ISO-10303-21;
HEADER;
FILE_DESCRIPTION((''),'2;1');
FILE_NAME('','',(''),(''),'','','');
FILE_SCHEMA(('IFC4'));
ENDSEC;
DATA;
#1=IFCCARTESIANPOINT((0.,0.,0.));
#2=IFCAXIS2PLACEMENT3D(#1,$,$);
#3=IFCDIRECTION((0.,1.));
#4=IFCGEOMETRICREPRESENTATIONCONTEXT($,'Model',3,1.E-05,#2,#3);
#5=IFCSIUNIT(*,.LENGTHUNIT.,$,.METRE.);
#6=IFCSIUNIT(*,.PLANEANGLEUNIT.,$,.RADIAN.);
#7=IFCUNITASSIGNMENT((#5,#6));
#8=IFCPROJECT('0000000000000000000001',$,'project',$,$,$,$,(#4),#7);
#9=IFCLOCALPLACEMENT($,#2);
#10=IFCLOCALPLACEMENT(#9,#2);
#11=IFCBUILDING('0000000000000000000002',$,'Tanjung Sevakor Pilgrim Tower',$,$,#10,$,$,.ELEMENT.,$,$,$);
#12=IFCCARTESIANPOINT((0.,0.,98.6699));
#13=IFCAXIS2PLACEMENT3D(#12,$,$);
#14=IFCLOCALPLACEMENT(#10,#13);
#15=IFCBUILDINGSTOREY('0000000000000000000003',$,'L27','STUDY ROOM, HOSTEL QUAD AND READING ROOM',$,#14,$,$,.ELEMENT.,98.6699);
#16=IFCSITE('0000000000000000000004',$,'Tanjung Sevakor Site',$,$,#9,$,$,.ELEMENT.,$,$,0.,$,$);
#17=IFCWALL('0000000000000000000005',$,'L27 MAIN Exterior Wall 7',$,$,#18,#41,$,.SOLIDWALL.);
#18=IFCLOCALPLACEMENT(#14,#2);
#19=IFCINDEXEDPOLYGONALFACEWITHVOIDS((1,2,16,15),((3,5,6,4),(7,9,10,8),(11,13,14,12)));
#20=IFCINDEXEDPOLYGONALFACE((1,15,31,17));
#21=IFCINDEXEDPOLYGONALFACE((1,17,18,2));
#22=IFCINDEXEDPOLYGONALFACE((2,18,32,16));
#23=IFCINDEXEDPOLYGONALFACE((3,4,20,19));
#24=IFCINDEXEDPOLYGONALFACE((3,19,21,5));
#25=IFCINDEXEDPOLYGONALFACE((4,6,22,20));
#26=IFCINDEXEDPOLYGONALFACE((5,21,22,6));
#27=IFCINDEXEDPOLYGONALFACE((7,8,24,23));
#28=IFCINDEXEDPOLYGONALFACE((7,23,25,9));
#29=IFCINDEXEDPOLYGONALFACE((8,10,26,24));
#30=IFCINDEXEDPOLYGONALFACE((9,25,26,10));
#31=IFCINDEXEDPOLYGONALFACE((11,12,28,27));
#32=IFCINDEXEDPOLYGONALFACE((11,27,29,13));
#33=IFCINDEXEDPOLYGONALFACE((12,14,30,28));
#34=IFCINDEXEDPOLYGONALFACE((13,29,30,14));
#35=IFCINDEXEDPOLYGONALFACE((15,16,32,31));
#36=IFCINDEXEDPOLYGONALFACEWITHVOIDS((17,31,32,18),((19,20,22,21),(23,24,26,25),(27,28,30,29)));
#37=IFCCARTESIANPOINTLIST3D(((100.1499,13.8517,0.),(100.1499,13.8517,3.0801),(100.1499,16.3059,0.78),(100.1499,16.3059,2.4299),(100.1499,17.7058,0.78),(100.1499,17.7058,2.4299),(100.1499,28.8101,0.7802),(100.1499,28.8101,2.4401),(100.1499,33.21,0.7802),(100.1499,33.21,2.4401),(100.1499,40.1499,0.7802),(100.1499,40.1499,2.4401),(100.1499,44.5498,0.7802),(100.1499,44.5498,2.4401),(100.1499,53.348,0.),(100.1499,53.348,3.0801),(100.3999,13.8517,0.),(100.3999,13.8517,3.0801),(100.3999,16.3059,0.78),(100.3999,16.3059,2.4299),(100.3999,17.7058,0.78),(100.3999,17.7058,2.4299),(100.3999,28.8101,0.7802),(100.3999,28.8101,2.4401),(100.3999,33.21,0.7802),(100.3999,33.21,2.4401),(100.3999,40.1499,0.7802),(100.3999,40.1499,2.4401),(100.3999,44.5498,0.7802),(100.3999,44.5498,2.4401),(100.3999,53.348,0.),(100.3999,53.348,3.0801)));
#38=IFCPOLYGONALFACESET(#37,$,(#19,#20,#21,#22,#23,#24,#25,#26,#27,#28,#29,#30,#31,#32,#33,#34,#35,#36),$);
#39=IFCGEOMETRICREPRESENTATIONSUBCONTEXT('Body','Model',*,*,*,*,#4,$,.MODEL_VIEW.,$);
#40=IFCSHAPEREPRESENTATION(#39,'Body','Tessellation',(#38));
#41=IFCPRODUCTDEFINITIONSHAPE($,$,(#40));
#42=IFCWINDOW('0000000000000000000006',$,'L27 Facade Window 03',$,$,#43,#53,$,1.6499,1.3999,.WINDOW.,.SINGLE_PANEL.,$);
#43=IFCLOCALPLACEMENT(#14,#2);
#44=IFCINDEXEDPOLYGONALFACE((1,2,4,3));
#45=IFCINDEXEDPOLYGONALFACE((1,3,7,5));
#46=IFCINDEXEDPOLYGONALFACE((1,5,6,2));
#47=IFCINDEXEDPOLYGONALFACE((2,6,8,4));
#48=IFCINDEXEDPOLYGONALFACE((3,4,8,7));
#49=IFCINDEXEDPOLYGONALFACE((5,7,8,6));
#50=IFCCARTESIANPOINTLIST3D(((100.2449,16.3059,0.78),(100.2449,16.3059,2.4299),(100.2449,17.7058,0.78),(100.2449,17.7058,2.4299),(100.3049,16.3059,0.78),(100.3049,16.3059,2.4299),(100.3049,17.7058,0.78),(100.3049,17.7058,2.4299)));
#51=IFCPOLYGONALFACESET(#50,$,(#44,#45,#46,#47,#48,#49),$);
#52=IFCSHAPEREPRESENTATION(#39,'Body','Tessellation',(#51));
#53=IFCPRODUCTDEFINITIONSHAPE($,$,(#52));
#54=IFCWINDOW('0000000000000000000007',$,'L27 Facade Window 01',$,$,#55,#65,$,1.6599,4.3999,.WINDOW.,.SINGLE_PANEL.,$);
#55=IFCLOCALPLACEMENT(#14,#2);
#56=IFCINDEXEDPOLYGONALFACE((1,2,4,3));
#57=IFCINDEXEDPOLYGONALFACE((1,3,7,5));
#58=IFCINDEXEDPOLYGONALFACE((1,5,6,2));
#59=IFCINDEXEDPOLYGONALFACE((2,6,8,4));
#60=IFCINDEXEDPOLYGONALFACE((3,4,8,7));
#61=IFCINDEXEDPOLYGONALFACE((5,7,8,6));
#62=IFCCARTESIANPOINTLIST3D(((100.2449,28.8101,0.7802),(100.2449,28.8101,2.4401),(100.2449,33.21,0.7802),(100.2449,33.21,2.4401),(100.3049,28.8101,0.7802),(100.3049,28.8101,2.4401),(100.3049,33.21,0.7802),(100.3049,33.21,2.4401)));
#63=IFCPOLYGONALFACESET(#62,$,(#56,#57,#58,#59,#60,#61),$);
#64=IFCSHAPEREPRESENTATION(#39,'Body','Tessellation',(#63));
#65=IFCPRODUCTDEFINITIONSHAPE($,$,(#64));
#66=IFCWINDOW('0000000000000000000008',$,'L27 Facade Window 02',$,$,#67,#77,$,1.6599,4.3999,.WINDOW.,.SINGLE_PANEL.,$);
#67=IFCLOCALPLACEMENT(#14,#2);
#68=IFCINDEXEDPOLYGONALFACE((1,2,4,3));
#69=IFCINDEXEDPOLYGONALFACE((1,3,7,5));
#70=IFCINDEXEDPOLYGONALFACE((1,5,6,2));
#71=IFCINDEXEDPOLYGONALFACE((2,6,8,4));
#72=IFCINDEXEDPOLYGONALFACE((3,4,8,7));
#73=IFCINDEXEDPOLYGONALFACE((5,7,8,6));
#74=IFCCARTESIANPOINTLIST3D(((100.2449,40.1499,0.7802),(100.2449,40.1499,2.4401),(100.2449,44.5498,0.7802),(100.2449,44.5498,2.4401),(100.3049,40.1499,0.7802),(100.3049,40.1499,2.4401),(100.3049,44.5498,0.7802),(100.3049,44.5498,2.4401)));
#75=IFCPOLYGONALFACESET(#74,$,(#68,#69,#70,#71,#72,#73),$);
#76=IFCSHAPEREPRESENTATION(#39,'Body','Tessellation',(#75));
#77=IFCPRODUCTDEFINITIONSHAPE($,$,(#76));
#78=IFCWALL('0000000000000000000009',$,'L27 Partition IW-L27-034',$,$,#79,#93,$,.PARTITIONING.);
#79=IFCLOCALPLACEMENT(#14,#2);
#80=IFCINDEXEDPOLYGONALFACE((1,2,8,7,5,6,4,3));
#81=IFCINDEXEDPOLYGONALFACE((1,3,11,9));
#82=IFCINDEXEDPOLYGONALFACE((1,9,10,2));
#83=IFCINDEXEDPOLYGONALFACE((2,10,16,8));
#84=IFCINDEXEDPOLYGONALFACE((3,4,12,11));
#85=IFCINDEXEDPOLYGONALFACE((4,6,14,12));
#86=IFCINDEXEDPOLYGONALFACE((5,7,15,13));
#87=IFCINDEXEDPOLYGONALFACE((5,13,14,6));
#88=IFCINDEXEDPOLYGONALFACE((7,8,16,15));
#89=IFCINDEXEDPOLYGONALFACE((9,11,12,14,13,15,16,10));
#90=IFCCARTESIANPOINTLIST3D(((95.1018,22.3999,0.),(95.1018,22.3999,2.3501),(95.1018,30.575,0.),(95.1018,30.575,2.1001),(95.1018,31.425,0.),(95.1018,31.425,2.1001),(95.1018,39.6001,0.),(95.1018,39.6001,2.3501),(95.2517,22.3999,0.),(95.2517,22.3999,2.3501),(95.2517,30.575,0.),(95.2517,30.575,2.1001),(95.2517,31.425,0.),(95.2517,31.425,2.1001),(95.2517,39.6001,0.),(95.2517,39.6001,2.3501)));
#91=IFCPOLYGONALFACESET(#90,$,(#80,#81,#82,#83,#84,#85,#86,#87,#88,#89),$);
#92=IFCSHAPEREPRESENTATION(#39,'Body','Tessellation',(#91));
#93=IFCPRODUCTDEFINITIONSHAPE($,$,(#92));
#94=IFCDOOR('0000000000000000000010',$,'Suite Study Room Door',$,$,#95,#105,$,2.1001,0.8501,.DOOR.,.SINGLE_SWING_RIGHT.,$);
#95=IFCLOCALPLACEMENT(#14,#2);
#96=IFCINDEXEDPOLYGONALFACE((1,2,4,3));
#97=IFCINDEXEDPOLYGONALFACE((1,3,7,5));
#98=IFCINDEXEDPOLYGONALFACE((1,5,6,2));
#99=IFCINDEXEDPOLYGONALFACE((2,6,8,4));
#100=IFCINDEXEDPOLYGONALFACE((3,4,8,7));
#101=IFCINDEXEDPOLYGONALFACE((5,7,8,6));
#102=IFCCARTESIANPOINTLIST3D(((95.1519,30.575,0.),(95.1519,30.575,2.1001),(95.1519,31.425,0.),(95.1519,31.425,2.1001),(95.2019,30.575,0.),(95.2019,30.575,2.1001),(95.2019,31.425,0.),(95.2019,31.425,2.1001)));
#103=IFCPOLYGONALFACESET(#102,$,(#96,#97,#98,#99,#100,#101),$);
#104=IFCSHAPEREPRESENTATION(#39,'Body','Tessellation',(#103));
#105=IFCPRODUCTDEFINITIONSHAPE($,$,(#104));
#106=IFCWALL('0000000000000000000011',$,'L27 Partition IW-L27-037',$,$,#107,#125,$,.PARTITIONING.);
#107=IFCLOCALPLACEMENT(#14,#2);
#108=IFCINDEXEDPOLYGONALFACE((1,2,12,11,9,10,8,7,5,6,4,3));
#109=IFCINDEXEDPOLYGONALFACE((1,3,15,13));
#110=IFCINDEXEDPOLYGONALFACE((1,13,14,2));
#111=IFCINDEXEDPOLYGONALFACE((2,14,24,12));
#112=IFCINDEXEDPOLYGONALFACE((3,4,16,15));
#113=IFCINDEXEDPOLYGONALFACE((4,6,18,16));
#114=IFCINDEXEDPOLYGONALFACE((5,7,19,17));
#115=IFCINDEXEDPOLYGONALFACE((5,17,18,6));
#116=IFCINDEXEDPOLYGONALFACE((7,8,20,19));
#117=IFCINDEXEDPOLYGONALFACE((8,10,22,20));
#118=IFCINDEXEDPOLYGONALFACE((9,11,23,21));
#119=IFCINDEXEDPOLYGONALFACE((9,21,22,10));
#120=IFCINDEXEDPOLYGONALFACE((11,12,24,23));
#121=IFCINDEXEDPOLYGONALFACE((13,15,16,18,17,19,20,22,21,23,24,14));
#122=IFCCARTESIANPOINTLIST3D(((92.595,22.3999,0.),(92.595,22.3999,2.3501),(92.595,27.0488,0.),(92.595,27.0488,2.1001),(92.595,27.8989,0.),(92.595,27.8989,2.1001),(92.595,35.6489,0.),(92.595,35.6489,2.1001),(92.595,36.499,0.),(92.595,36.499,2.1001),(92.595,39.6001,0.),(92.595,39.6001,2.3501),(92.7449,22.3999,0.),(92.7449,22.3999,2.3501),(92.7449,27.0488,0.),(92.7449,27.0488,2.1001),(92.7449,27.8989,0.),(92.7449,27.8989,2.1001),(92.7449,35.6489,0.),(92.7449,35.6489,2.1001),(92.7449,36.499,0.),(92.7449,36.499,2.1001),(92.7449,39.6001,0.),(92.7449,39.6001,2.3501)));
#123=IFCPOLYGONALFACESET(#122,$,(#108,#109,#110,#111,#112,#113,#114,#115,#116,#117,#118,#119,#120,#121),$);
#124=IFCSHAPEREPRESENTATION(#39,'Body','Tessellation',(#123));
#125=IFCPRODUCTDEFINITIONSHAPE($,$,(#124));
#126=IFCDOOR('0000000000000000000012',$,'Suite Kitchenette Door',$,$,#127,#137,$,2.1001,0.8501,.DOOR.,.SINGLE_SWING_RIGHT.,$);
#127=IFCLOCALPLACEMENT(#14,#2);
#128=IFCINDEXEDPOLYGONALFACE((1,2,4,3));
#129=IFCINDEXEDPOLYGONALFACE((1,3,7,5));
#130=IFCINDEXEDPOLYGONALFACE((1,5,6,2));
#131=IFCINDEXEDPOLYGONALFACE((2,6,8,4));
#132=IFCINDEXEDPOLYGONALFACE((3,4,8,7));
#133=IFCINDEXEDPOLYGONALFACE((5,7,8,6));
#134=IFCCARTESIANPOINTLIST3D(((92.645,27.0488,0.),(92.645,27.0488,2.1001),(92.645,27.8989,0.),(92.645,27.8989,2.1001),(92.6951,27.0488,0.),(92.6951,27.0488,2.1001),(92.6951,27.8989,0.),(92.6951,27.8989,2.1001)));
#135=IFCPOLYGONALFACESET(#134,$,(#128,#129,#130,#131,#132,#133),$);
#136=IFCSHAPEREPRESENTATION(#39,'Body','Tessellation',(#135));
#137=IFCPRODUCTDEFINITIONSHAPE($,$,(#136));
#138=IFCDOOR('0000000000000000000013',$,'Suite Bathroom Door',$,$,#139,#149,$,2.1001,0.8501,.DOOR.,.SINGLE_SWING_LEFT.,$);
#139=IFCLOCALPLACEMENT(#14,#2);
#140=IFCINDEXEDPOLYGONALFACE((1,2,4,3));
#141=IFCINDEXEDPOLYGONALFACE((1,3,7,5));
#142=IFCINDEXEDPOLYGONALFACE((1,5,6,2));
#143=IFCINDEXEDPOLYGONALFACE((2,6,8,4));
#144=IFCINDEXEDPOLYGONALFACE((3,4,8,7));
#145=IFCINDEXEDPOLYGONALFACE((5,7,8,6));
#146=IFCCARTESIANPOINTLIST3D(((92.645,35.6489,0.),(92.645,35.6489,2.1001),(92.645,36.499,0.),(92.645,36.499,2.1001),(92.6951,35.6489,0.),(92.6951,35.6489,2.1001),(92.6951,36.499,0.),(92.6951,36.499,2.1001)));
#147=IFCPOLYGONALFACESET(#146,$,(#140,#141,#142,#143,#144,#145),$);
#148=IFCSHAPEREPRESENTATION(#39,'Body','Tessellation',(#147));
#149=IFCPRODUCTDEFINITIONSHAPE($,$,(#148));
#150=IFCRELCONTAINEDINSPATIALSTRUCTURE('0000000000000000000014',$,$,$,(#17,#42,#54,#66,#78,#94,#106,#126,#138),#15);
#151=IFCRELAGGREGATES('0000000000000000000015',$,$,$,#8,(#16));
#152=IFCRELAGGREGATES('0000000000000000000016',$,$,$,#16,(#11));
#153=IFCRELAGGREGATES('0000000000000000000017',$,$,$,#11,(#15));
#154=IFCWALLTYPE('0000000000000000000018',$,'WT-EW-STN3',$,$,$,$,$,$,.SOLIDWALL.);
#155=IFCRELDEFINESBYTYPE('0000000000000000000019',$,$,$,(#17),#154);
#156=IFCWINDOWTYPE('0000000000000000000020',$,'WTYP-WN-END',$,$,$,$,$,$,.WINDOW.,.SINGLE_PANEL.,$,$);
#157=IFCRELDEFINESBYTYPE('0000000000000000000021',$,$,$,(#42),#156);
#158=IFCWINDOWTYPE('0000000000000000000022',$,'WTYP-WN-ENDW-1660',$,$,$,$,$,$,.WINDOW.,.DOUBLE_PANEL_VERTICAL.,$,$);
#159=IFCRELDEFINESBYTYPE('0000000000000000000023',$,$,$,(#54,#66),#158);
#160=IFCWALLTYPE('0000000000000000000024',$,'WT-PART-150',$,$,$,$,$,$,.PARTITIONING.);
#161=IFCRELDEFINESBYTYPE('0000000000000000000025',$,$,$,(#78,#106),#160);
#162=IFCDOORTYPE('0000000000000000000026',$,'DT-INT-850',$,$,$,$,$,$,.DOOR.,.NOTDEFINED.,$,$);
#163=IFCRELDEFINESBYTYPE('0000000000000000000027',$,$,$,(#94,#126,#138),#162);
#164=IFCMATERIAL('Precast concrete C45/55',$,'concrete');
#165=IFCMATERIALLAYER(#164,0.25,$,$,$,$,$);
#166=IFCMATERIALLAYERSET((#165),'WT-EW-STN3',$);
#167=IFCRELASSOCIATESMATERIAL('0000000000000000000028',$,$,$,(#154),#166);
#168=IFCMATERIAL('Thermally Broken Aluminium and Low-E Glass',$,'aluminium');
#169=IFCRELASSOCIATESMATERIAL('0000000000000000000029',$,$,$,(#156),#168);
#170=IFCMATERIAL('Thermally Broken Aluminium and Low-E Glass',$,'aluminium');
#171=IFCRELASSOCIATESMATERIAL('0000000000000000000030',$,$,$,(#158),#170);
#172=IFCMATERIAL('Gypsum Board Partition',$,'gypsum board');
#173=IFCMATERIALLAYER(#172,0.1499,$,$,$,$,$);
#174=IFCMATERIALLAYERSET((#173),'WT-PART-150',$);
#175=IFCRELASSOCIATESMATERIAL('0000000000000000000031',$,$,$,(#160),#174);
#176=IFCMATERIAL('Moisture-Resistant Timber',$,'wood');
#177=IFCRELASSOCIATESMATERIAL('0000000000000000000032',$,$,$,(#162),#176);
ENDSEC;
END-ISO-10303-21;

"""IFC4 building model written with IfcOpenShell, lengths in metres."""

from ifc_helpers import new_model, si_unit, direction, frame, frame_2d, origin, place, context, subcontext, project, spatial, rectangle, extrude, material, layer, layer_set, type_object, element, fill, save


model = new_model("IFC4")

# Units and contexts
model_context = context("Model", 3, precision=1e-05, world=origin(), true_north=direction((0.0, 1.0)))
body_context = subcontext(model_context, "Body", "Model", "MODEL_VIEW")
ifc_project = project(units=[si_unit("LENGTHUNIT", "METRE"), si_unit("PLANEANGLEUNIT", "RADIAN")], contexts=[model_context])

# Site, building, storey
site_placement = place(None, origin())
site = spatial("IfcSite", under=ifc_project, at=site_placement, Name="Tanjung Sevakor Site", CompositionType="ELEMENT", RefElevation=0.0)
building_placement = place(site_placement, origin())
building = spatial("IfcBuilding", under=site, at=building_placement, Name="Tanjung Sevakor Pilgrim Tower", CompositionType="ELEMENT")
storey_placement = place(building_placement, frame((0.0, 0.0, 98.6699)))
storey = spatial("IfcBuildingStorey", under=building, at=storey_placement, Name="L27", Description="STUDY ROOM, HOSTEL QUAD AND READING ROOM", CompositionType="ELEMENT", Elevation=98.6699)

# Shared definitions
ifc_material_1 = material(Name="Precast concrete C45/55", Category="concrete")
ifc_layer_1 = layer(ifc_material_1, 0.25)
ifc_layer_set_1 = layer_set([ifc_layer_1], Name="WT-EW-STN3")
wall_type_1 = type_object("IfcWallType", Name="WT-EW-STN3", PredefinedType="SOLIDWALL", material=ifc_layer_set_1)

# Wall, openings, windows
wall_1_placement = place(storey_placement, frame((100.2749, 13.8518, 0.0), z_axis=(0.0, 0.0, 1.0), x_axis=(0.0, 1.0, 0.0)))
wall_1 = element("IfcWall", 1, at=wall_1_placement, inside=storey, type_object=wall_type_1, Name="L27 MAIN Exterior Wall 7", PredefinedType="SOLIDWALL", context=body_context, shape_type="SweptSolid", body=[
    extrude(rectangle(XDim=39.4963, YDim=0.25, at=frame_2d((19.748, 0.0))), origin(), (0.0, 0.0, 1.0), 3.0801),
])
opening_1_placement = place(wall_1_placement, frame((14.9583, 0.0, 0.78)))
opening_1 = element("IfcOpeningElement", 2, at=opening_1_placement, cuts=wall_1, PredefinedType="OPENING", context=body_context, shape_type="SweptSolid", body=[
    extrude(rectangle(XDim=4.3999, YDim=1.6599, at=frame_2d((2.2, 0.8301))), frame((0.0, 0.135, 0.0), z_axis=(0.0, -1.0, 0.0), x_axis=(1.0, 0.0, 0.0)), (0.0, 0.0, 1.0), 0.27),
])
opening_2_placement = place(wall_1_placement, frame((26.2981, 0.0, 0.78)))
opening_2 = element("IfcOpeningElement", 3, at=opening_2_placement, cuts=wall_1, PredefinedType="OPENING", context=body_context, shape_type="SweptSolid", body=[
    extrude(rectangle(XDim=4.3999, YDim=1.6599, at=frame_2d((2.2, 0.8301))), frame((0.0, 0.135, 0.0), z_axis=(0.0, -1.0, 0.0), x_axis=(1.0, 0.0, 0.0)), (0.0, 0.0, 1.0), 0.27),
])
opening_3_placement = place(wall_1_placement, frame((2.4541, 0.0, 0.78)))
opening_3 = element("IfcOpeningElement", 4, at=opening_3_placement, cuts=wall_1, PredefinedType="OPENING", context=body_context, shape_type="SweptSolid", body=[
    extrude(rectangle(XDim=1.3999, YDim=1.6499, at=frame_2d((0.7, 0.825))), frame((0.0, 0.135, 0.0), z_axis=(0.0, -1.0, 0.0), x_axis=(1.0, 0.0, 0.0)), (0.0, 0.0, 1.0), 0.27),
])
ifc_material_2 = material(Name="Thermally Broken Aluminium and Low-E Glass", Category="aluminium")
window_type_1 = type_object("IfcWindowType", Name="WTYP-WN-END", PartitioningType="SINGLE_PANEL", PredefinedType="WINDOW", material=ifc_material_2)
window_1_placement = place(opening_3_placement, origin())
window_1 = element("IfcWindow", 5, at=window_1_placement, inside=storey, type_object=window_type_1, Name="L27 Facade Window 03", OverallHeight=1.6499, OverallWidth=1.3999, PartitioningType="SINGLE_PANEL", PredefinedType="WINDOW", context=body_context, shape_type="SweptSolid", body=[
    extrude(rectangle(XDim=1.3999, YDim=1.6499, at=frame_2d((0.7, 0.825))), frame((0.0, 0.03, 0.0), z_axis=(0.0, -1.0, 0.0), x_axis=(1.0, 0.0, 0.0)), (0.0, 0.0, 1.0), 0.0601),
])
fill(opening_3, window_1)
ifc_material_3 = material(Name="Thermally Broken Aluminium and Low-E Glass", Category="aluminium")
window_type_2 = type_object("IfcWindowType", Name="WTYP-WN-ENDW-1660", PartitioningType="DOUBLE_PANEL_VERTICAL", PredefinedType="WINDOW", material=ifc_material_3)
window_2_placement = place(opening_1_placement, origin())
window_2 = element("IfcWindow", 6, at=window_2_placement, inside=storey, type_object=window_type_2, Name="L27 Facade Window 01", OverallHeight=1.6599, OverallWidth=4.3999, PartitioningType="SINGLE_PANEL", PredefinedType="WINDOW", context=body_context, shape_type="SweptSolid", body=[
    extrude(rectangle(XDim=4.3999, YDim=1.6599, at=frame_2d((2.2, 0.8301))), frame((0.0, 0.03, 0.0), z_axis=(0.0, -1.0, 0.0), x_axis=(1.0, 0.0, 0.0)), (0.0, 0.0, 1.0), 0.0601),
])
fill(opening_1, window_2)
window_3_placement = place(opening_2_placement, origin())
window_3 = element("IfcWindow", 7, at=window_3_placement, inside=storey, type_object=window_type_2, Name="L27 Facade Window 02", OverallHeight=1.6599, OverallWidth=4.3999, PartitioningType="SINGLE_PANEL", PredefinedType="WINDOW", context=body_context, shape_type="SweptSolid", body=[
    extrude(rectangle(XDim=4.3999, YDim=1.6599, at=frame_2d((2.2, 0.8301))), frame((0.0, 0.03, 0.0), z_axis=(0.0, -1.0, 0.0), x_axis=(1.0, 0.0, 0.0)), (0.0, 0.0, 1.0), 0.0601),
])
fill(opening_2, window_3)

# Wall, opening, door
ifc_material_4 = material(Name="Gypsum Board Partition", Category="gypsum board")
ifc_layer_2 = layer(ifc_material_4, 0.1499)
ifc_layer_set_2 = layer_set([ifc_layer_2], Name="WT-PART-150")
wall_type_2 = type_object("IfcWallType", Name="WT-PART-150", PredefinedType="PARTITIONING", material=ifc_layer_set_2)
wall_2_placement = place(storey_placement, frame((95.1768, 22.3999, 0.0), z_axis=(0.0, 0.0, 1.0), x_axis=(0.0, 1.0, 0.0)))
wall_2 = element("IfcWall", 8, at=wall_2_placement, inside=storey, type_object=wall_type_2, Name="L27 Partition IW-L27-034", PredefinedType="PARTITIONING", context=body_context, shape_type="SweptSolid", body=[
    extrude(rectangle(XDim=17.2002, YDim=0.1499, at=frame_2d((8.6001, 0.0))), origin(), (0.0, 0.0, 1.0), 2.3501),
])
opening_4_placement = place(wall_2_placement, frame((8.175, 0.0, 0.0)))
opening_4 = element("IfcOpeningElement", 9, at=opening_4_placement, cuts=wall_2, PredefinedType="OPENING", context=body_context, shape_type="SweptSolid", body=[
    extrude(rectangle(XDim=0.8501, YDim=2.1001, at=frame_2d((0.425, 1.05))), frame((0.0, 0.085, 0.0), z_axis=(0.0, -1.0, 0.0), x_axis=(1.0, 0.0, 0.0)), (0.0, 0.0, 1.0), 0.1699),
])
ifc_material_5 = material(Name="Moisture-Resistant Timber", Category="wood")
door_type_1 = type_object("IfcDoorType", Name="DT-INT-850", OperationType="NOTDEFINED", PredefinedType="DOOR", material=ifc_material_5)
door_1_placement = place(opening_4_placement, origin())
door_1 = element("IfcDoor", 10, at=door_1_placement, inside=storey, type_object=door_type_1, Name="Suite Study Room Door", OperationType="SINGLE_SWING_RIGHT", OverallHeight=2.1001, OverallWidth=0.8501, PredefinedType="DOOR", context=body_context, shape_type="SweptSolid", body=[
    extrude(rectangle(XDim=0.8501, YDim=2.1001, at=frame_2d((0.425, 1.05))), frame((0.0, 0.0249, 0.0), z_axis=(0.0, -1.0, 0.0), x_axis=(1.0, 0.0, 0.0)), (0.0, 0.0, 1.0), 0.05),
])
fill(opening_4, door_1)

# Wall, openings, doors
wall_3_placement = place(storey_placement, frame((92.6699, 22.3999, 0.0), z_axis=(0.0, 0.0, 1.0), x_axis=(0.0, 1.0, 0.0)))
wall_3 = element("IfcWall", 11, at=wall_3_placement, inside=storey, type_object=wall_type_2, Name="L27 Partition IW-L27-037", PredefinedType="PARTITIONING", context=body_context, shape_type="SweptSolid", body=[
    extrude(rectangle(XDim=17.2002, YDim=0.1499, at=frame_2d((8.6001, 0.0))), origin(), (0.0, 0.0, 1.0), 2.3501),
])
opening_5_placement = place(wall_3_placement, frame((4.6489, 0.0, 0.0)))
opening_5 = element("IfcOpeningElement", 12, at=opening_5_placement, cuts=wall_3, PredefinedType="OPENING", context=body_context, shape_type="SweptSolid", body=[
    extrude(rectangle(XDim=0.8501, YDim=2.1001, at=frame_2d((0.425, 1.05))), frame((0.0, 0.085, 0.0), z_axis=(0.0, -1.0, 0.0), x_axis=(1.0, 0.0, 0.0)), (0.0, 0.0, 1.0), 0.1699),
])
opening_6_placement = place(wall_3_placement, frame((13.249, 0.0, 0.0)))
opening_6 = element("IfcOpeningElement", 13, at=opening_6_placement, cuts=wall_3, PredefinedType="OPENING", context=body_context, shape_type="SweptSolid", body=[
    extrude(rectangle(XDim=0.8501, YDim=2.1001, at=frame_2d((0.425, 1.05))), frame((0.0, 0.085, 0.0), z_axis=(0.0, -1.0, 0.0), x_axis=(1.0, 0.0, 0.0)), (0.0, 0.0, 1.0), 0.1699),
])
door_2_placement = place(opening_5_placement, origin())
door_2 = element("IfcDoor", 14, at=door_2_placement, inside=storey, type_object=door_type_1, Name="Suite Kitchenette Door", OperationType="SINGLE_SWING_RIGHT", OverallHeight=2.1001, OverallWidth=0.8501, PredefinedType="DOOR", context=body_context, shape_type="SweptSolid", body=[
    extrude(rectangle(XDim=0.8501, YDim=2.1001, at=frame_2d((0.425, 1.05))), frame((0.0, 0.0249, 0.0), z_axis=(0.0, -1.0, 0.0), x_axis=(1.0, 0.0, 0.0)), (0.0, 0.0, 1.0), 0.05),
])
fill(opening_5, door_2)
door_3_placement = place(opening_6_placement, origin())
door_3 = element("IfcDoor", 15, at=door_3_placement, inside=storey, type_object=door_type_1, Name="Suite Bathroom Door", OperationType="SINGLE_SWING_LEFT", OverallHeight=2.1001, OverallWidth=0.8501, PredefinedType="DOOR", context=body_context, shape_type="SweptSolid", body=[
    extrude(rectangle(XDim=0.8501, YDim=2.1001, at=frame_2d((0.425, 1.05))), frame((0.0, 0.0249, 0.0), z_axis=(0.0, -1.0, 0.0), x_axis=(1.0, 0.0, 0.0)), (0.0, 0.0, 1.0), 0.05),
])
fill(opening_6, door_3)

save(model, "model.ifc")
